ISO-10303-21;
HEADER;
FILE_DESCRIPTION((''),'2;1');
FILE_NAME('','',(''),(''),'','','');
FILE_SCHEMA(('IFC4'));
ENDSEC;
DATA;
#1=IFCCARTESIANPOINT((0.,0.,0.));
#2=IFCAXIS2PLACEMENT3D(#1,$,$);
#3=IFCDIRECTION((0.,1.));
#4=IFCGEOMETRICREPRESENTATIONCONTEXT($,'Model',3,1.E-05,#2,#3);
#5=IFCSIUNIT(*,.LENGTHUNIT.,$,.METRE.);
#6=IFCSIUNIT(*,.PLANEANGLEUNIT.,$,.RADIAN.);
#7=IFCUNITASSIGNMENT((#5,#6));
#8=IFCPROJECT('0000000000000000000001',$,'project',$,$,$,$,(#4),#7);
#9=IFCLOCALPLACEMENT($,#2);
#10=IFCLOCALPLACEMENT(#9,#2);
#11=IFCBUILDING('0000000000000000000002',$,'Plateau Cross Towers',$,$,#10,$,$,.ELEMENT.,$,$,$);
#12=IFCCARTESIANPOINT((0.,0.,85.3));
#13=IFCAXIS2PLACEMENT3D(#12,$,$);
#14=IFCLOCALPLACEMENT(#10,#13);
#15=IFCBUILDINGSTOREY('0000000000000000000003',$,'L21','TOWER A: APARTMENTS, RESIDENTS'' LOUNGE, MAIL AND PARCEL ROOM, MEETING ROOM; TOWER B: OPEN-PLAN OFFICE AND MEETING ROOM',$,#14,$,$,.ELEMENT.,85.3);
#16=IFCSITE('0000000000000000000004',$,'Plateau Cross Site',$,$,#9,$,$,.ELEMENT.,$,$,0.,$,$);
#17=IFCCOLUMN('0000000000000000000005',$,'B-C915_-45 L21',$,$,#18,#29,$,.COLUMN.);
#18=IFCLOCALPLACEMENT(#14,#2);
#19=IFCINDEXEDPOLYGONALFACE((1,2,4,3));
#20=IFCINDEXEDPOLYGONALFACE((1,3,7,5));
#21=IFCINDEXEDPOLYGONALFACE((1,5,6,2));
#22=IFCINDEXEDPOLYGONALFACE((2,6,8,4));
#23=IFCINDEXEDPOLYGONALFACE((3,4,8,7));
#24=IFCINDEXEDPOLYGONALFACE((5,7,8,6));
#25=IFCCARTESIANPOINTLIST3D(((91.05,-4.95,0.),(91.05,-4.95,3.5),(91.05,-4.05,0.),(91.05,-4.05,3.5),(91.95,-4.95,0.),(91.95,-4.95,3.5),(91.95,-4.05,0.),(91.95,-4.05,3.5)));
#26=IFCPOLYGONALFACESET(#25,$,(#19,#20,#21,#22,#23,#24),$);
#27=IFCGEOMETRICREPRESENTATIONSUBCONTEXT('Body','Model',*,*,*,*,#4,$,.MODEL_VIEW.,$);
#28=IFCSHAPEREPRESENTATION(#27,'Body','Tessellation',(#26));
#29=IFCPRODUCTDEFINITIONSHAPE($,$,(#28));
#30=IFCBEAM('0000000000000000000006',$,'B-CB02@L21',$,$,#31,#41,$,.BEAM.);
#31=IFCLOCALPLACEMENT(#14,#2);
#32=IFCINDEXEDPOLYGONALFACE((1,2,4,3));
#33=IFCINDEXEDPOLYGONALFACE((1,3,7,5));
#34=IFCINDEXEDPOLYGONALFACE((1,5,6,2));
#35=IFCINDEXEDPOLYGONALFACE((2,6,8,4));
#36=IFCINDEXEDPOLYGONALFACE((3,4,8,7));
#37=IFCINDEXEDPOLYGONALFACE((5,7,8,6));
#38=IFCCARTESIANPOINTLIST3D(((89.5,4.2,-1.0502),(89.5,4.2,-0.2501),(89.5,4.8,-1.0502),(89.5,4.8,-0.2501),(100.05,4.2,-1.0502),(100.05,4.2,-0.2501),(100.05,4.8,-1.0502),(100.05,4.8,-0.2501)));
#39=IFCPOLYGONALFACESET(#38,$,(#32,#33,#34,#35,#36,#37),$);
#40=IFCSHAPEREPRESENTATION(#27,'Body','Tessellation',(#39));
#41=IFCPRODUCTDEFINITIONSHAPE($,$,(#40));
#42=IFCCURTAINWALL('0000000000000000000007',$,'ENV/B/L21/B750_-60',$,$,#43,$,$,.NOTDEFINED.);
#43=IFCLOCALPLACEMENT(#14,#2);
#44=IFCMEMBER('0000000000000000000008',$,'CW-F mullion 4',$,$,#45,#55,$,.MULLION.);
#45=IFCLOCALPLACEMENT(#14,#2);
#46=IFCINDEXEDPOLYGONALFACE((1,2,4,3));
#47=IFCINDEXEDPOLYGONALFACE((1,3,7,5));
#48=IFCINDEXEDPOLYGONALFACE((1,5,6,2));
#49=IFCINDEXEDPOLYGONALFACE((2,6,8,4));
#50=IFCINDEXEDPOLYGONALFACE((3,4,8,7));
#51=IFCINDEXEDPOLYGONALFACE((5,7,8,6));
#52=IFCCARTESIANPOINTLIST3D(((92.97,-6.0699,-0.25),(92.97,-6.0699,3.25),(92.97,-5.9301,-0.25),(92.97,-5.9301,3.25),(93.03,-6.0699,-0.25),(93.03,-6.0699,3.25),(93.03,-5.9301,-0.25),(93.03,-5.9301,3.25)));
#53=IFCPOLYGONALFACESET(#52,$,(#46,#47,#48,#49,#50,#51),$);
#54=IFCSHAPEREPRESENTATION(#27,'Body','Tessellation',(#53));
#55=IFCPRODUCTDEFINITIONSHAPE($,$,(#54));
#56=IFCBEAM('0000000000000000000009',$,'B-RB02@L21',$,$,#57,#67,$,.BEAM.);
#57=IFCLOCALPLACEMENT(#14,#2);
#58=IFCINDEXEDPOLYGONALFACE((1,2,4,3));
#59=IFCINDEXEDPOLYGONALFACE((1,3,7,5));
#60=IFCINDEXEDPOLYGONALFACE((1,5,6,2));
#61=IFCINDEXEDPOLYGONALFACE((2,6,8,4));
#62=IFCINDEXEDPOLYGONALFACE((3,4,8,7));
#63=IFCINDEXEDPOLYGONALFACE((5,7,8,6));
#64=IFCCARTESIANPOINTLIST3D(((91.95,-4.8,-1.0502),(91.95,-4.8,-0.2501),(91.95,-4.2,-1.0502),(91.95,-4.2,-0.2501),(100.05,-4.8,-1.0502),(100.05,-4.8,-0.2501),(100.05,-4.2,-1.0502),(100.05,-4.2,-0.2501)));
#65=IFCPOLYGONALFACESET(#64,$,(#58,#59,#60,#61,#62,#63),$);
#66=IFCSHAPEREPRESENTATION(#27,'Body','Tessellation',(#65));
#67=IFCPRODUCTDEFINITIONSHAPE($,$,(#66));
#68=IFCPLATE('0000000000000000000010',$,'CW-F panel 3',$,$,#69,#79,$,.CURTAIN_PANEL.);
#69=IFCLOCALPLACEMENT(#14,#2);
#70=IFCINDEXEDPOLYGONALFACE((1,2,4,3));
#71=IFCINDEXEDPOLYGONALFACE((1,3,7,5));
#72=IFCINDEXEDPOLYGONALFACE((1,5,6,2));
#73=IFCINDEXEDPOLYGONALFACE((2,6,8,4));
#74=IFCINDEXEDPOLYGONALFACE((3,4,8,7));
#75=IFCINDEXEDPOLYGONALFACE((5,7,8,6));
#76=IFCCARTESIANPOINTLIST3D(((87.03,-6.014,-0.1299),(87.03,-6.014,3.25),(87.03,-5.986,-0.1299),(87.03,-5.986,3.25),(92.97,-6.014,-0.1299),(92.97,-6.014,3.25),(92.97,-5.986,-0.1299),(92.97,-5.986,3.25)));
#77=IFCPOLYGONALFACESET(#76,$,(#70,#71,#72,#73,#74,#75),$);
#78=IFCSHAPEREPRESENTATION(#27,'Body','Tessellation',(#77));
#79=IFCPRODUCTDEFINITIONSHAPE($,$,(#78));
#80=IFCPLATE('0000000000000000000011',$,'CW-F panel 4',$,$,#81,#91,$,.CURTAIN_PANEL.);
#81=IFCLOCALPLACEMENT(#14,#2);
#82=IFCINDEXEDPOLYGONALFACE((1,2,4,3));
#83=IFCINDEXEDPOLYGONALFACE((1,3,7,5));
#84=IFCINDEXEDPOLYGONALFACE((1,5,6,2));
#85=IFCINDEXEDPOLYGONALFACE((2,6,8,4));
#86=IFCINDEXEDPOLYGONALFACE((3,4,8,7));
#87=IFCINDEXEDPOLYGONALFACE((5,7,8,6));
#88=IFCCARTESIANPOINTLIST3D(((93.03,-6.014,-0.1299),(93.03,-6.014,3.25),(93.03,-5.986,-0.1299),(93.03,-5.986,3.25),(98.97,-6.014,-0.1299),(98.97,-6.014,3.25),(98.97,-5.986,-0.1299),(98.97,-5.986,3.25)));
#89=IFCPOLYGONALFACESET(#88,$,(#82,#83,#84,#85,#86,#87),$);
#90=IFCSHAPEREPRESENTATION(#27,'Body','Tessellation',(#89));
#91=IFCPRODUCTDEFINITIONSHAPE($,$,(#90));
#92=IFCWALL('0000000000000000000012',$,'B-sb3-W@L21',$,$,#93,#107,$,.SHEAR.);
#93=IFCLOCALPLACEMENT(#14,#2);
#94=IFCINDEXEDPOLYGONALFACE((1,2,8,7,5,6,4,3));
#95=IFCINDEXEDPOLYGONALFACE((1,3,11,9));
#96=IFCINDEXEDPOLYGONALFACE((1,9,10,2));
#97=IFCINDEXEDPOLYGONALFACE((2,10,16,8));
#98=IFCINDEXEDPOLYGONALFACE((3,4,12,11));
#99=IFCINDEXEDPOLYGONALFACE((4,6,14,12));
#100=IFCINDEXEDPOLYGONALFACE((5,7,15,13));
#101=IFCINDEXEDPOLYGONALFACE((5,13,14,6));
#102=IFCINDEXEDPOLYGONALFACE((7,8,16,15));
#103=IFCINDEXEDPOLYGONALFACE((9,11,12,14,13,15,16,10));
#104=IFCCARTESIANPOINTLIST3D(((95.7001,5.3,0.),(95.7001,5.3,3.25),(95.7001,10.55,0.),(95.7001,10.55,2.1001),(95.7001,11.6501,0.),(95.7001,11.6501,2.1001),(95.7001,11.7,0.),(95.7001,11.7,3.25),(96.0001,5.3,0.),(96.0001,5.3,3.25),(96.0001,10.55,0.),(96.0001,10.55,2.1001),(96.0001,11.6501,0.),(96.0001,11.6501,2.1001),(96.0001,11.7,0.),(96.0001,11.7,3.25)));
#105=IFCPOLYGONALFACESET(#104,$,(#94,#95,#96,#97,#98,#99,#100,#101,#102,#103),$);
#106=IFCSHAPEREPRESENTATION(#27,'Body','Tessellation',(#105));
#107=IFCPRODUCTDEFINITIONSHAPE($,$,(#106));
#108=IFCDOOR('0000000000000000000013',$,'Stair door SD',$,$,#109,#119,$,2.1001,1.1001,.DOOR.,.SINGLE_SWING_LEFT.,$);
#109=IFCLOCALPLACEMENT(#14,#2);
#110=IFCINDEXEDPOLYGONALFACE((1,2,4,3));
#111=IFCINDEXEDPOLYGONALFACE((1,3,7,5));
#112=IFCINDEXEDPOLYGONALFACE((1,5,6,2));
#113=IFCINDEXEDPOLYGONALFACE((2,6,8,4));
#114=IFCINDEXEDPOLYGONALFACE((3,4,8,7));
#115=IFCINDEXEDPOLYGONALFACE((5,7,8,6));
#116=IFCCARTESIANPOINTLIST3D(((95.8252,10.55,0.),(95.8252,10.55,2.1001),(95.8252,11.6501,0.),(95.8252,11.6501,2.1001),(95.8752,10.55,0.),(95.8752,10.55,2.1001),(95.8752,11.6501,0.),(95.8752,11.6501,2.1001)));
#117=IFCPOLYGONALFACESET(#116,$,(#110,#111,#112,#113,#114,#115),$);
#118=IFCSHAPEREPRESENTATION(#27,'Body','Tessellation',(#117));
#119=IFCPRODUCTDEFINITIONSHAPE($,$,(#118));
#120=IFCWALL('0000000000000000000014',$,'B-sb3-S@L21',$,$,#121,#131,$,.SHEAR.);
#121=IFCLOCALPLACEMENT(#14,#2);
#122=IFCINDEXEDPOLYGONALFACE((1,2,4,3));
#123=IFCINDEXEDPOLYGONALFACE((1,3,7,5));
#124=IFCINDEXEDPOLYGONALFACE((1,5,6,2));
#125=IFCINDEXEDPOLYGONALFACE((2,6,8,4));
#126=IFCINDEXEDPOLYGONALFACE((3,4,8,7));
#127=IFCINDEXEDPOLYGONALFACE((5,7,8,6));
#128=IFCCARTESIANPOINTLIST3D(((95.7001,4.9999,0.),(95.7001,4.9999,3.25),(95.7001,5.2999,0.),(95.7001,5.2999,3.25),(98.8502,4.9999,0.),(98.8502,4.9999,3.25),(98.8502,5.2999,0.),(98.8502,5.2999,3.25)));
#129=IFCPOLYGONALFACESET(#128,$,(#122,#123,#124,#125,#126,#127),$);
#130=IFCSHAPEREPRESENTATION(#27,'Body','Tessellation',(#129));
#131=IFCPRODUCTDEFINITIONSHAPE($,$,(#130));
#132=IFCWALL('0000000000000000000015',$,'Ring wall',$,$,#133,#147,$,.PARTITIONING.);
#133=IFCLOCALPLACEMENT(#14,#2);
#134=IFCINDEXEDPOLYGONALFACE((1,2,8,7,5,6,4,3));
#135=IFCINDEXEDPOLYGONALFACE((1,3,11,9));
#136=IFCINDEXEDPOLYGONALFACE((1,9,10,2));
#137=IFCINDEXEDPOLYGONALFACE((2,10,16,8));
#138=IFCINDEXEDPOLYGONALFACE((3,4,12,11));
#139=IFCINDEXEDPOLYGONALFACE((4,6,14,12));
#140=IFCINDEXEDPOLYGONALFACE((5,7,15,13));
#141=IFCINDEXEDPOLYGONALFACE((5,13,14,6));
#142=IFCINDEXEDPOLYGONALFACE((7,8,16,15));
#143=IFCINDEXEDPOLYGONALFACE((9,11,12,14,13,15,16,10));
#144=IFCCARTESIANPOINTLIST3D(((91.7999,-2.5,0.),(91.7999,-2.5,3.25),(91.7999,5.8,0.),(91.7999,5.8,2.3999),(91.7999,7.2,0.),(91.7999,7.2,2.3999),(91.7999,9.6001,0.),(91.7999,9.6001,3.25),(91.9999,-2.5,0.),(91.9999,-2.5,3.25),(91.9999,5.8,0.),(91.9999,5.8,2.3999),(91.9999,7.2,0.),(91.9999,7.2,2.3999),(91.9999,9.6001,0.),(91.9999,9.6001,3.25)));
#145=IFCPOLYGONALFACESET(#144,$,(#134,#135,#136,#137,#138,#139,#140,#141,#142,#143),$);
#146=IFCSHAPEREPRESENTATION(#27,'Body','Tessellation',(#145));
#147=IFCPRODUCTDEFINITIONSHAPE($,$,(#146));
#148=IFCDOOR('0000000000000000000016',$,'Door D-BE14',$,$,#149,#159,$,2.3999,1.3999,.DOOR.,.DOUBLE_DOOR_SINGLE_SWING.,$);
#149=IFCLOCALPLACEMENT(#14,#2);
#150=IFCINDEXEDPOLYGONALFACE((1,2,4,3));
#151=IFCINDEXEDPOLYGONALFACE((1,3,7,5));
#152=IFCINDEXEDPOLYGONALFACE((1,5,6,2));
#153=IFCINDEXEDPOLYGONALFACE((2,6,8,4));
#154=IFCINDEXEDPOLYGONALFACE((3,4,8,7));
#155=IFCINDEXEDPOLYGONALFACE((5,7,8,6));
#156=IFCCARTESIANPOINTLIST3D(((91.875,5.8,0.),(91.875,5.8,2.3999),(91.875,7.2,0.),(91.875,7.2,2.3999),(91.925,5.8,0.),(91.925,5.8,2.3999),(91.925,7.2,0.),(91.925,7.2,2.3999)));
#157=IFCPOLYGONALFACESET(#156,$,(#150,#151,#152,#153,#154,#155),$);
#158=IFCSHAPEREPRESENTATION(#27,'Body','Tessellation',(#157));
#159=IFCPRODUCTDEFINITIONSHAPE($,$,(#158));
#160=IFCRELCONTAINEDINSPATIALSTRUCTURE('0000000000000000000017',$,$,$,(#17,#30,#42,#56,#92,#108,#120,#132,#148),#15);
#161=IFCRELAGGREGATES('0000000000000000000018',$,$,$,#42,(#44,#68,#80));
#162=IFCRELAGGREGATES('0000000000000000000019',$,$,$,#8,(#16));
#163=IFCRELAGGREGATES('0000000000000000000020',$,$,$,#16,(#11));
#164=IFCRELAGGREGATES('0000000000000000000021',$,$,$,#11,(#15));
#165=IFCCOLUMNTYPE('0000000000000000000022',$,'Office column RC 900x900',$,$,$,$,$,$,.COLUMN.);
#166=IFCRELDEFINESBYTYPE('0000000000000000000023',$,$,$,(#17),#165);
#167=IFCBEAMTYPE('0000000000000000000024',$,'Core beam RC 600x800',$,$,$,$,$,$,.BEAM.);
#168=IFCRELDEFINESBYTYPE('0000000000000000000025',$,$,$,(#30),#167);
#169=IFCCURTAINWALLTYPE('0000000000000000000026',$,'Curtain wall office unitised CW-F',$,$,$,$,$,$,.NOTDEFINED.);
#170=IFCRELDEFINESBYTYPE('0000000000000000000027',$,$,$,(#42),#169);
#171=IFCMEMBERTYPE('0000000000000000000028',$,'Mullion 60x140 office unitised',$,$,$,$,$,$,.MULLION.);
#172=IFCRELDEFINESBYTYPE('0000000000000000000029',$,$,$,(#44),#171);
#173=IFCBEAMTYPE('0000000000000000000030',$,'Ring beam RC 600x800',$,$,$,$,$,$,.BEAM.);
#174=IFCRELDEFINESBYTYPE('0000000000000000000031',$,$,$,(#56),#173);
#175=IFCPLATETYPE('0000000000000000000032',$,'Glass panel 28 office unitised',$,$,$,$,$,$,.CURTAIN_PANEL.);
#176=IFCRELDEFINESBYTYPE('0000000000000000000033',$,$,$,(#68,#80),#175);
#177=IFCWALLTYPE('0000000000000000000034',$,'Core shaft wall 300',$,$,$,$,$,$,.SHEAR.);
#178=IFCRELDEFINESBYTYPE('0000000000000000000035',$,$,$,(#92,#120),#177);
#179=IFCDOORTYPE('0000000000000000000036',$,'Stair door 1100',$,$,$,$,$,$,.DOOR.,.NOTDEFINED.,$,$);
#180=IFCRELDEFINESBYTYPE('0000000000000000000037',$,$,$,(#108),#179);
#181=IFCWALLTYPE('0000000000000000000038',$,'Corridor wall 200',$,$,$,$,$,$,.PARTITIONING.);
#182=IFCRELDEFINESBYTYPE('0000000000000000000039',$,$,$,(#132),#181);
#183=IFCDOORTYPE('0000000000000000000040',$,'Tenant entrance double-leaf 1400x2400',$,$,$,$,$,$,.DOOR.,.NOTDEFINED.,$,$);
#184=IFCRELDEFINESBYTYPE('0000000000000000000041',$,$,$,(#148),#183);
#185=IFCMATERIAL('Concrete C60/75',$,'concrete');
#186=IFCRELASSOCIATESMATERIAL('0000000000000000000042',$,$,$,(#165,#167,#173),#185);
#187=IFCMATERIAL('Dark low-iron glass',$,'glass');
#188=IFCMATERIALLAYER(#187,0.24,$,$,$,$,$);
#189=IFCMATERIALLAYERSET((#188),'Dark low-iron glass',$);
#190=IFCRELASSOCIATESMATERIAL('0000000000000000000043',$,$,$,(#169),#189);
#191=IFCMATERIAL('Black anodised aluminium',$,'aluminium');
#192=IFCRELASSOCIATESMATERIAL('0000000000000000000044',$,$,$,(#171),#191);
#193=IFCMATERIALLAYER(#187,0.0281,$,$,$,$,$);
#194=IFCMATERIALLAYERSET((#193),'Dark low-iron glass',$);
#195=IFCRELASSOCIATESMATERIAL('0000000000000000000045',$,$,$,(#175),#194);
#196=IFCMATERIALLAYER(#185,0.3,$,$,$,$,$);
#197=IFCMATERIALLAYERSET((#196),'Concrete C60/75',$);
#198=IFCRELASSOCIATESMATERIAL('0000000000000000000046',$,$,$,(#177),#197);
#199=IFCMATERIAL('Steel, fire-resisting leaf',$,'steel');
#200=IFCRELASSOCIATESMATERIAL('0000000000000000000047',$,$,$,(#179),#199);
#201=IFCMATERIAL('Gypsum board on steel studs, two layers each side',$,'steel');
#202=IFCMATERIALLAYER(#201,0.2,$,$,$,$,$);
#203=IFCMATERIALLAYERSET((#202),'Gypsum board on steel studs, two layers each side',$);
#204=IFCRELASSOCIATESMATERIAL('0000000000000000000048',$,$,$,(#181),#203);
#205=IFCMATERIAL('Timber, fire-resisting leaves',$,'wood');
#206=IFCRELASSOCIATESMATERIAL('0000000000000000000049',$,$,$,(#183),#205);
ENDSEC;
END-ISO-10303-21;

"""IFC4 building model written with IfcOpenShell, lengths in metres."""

from ifc_helpers import new_model, si_unit, direction, frame, frame_2d, origin, origin_2d, place, context, subcontext, project, spatial, rectangle, extrude, material, layer, layer_set, material_profile, profile_set, type_object, element, fill, aggregate, save


model = new_model("IFC4")

# Units and contexts
model_context = context("Model", 3, precision=1e-05, world=origin(), true_north=direction((0.0, 1.0)))
body_context = subcontext(model_context, "Body", "Model", "MODEL_VIEW")
ifc_project = project(units=[si_unit("LENGTHUNIT", "METRE"), si_unit("PLANEANGLEUNIT", "RADIAN")], contexts=[model_context])

# Site, building, storey
site_placement = place(None, origin())
site = spatial("IfcSite", under=ifc_project, at=site_placement, Name="Plateau Cross Site", CompositionType="ELEMENT", RefElevation=0.0)
building_placement = place(site_placement, origin())
building = spatial("IfcBuilding", under=site, at=building_placement, Name="Plateau Cross Towers", CompositionType="ELEMENT")
storey_placement = place(building_placement, frame((0.0, 0.0, 85.3)))
storey = spatial("IfcBuildingStorey", under=building, at=storey_placement, Name="L21", Description="TOWER A: APARTMENTS, RESIDENTS' LOUNGE, MAIL AND PARCEL ROOM, MEETING ROOM; TOWER B: OPEN-PLAN OFFICE AND MEETING ROOM", CompositionType="ELEMENT", Elevation=85.3)

# Column
ifc_material_1 = material(Name="Concrete C60/75", Category="concrete")
ifc_material_profile_1 = material_profile(ifc_material_1, rectangle(XDim=0.8999, YDim=0.8999, at=origin_2d()), Name="RC 900x900")
ifc_profile_set_1 = profile_set([ifc_material_profile_1], Name="Concrete C60/75")
column_type = type_object("IfcColumnType", Name="Office column RC 900x900", PredefinedType="COLUMN", material=ifc_profile_set_1)
column_placement = place(storey_placement, frame((91.5, -4.5, 0.0), z_axis=(0.0, 0.0, 1.0), x_axis=(1.0, 0.0, 0.0)))
element("IfcColumn", 1, at=column_placement, inside=storey, type_object=column_type, Name="B-C915_-45 L21", PredefinedType="COLUMN", context=body_context, shape_type="SweptSolid", body=[
    extrude(rectangle(XDim=0.8999, YDim=0.8999, at=origin_2d()), origin(), (0.0, 0.0, 1.0), 3.5),
])

# Beam
ifc_material_profile_2 = material_profile(ifc_material_1, rectangle(XDim=0.6001, YDim=0.8, at=origin_2d()), Name="RC 600x800")
ifc_profile_set_2 = profile_set([ifc_material_profile_2], Name="Concrete C60/75")
beam_type_1 = type_object("IfcBeamType", Name="Core beam RC 600x800", PredefinedType="BEAM", material=ifc_profile_set_2)
beam_1_placement = place(storey_placement, frame((89.5, 4.5, -0.6501), z_axis=(1.0, 0.0, 0.0), x_axis=(0.0, 1.0, 0.0)))
element("IfcBeam", 2, at=beam_1_placement, inside=storey, type_object=beam_type_1, Name="B-CB02@L21", PredefinedType="BEAM", context=body_context, shape_type="SweptSolid", body=[
    extrude(rectangle(XDim=0.6001, YDim=0.8, at=origin_2d()), origin(), (0.0, 0.0, 1.0), 10.55),
])

# Curtain wall, member
ifc_material_2 = material(Name="Dark low-iron glass", Category="glass")
ifc_layer_1 = layer(ifc_material_2, 0.24)
ifc_layer_set_1 = layer_set([ifc_layer_1], Name="Dark low-iron glass")
curtain_wall_type = type_object("IfcCurtainWallType", Name="Curtain wall office unitised CW-F", PredefinedType="NOTDEFINED", material=ifc_layer_set_1)
curtain_wall_placement = place(storey_placement, origin())
curtain_wall = element("IfcCurtainWall", 3, at=curtain_wall_placement, inside=storey, type_object=curtain_wall_type, Name="ENV/B/L21/B750_-60", PredefinedType="NOTDEFINED")
ifc_material_3 = material(Name="Black anodised aluminium", Category="aluminium")
ifc_material_profile_3 = material_profile(ifc_material_3, rectangle(XDim=0.0601, YDim=0.1399, at=origin_2d()), Name="MULLION 60x140")
ifc_profile_set_3 = profile_set([ifc_material_profile_3], Name="Black anodised aluminium")
member_type = type_object("IfcMemberType", Name="Mullion 60x140 office unitised", PredefinedType="MULLION", material=ifc_profile_set_3)
member_placement = place(storey_placement, frame((93.0, -6.0, -0.25), z_axis=(0.0, 0.0, 1.0), x_axis=(1.0, 0.0, 0.0)))
member = element("IfcMember", 4, at=member_placement, type_object=member_type, Name="CW-F mullion 4", PredefinedType="MULLION", context=body_context, shape_type="SweptSolid", body=[
    extrude(rectangle(XDim=0.0601, YDim=0.1399, at=origin_2d()), origin(), (0.0, 0.0, 1.0), 3.5),
])

# Beam
ifc_material_profile_4 = material_profile(ifc_material_1, rectangle(XDim=0.6001, YDim=0.8, at=origin_2d()), Name="RC 600x800")
ifc_profile_set_4 = profile_set([ifc_material_profile_4], Name="Concrete C60/75")
beam_type_2 = type_object("IfcBeamType", Name="Ring beam RC 600x800", PredefinedType="BEAM", material=ifc_profile_set_4)
beam_2_placement = place(storey_placement, frame((91.95, -4.5, -0.6501), z_axis=(1.0, 0.0, 0.0), x_axis=(0.0, 1.0, 0.0)))
element("IfcBeam", 5, at=beam_2_placement, inside=storey, type_object=beam_type_2, Name="B-RB02@L21", PredefinedType="BEAM", context=body_context, shape_type="SweptSolid", body=[
    extrude(rectangle(XDim=0.6001, YDim=0.8, at=origin_2d()), origin(), (0.0, 0.0, 1.0), 8.1001),
])

# Plates
ifc_layer_2 = layer(ifc_material_2, 0.0281)
ifc_layer_set_2 = layer_set([ifc_layer_2], Name="Dark low-iron glass")
plate_type = type_object("IfcPlateType", Name="Glass panel 28 office unitised", PredefinedType="CURTAIN_PANEL", material=ifc_layer_set_2)
plate_1_placement = place(storey_placement, frame((90.0, -6.0, -0.1299), z_axis=(0.0, 0.0, 1.0), x_axis=(1.0, 0.0, 0.0)))
plate_1 = element("IfcPlate", 6, at=plate_1_placement, type_object=plate_type, Name="CW-F panel 3", PredefinedType="CURTAIN_PANEL", context=body_context, shape_type="SweptSolid", body=[
    extrude(rectangle(XDim=5.9399, YDim=0.0281, at=origin_2d()), origin(), (0.0, 0.0, 1.0), 3.3799),
])
plate_2_placement = place(storey_placement, frame((96.0, -6.0, -0.1299), z_axis=(0.0, 0.0, 1.0), x_axis=(1.0, 0.0, 0.0)))
plate_2 = element("IfcPlate", 7, at=plate_2_placement, type_object=plate_type, Name="CW-F panel 4", PredefinedType="CURTAIN_PANEL", context=body_context, shape_type="SweptSolid", body=[
    extrude(rectangle(XDim=5.9399, YDim=0.0281, at=origin_2d()), origin(), (0.0, 0.0, 1.0), 3.3799),
])
aggregate(curtain_wall, [member, plate_1, plate_2])

# Wall, opening, door
ifc_layer_3 = layer(ifc_material_1, 0.3)
ifc_layer_set_3 = layer_set([ifc_layer_3], Name="Concrete C60/75")
wall_type_1 = type_object("IfcWallType", Name="Core shaft wall 300", PredefinedType="SHEAR", material=ifc_layer_set_3)
wall_1_placement = place(storey_placement, frame((95.8501, 5.3, 0.0), z_axis=(0.0, 0.0, 1.0), x_axis=(0.0, 1.0, 0.0)))
wall_1 = element("IfcWall", 8, at=wall_1_placement, inside=storey, type_object=wall_type_1, Name="B-sb3-W@L21", PredefinedType="SHEAR", context=body_context, shape_type="SweptSolid", body=[
    extrude(rectangle(XDim=6.3999, YDim=0.3, at=frame_2d((3.2, 0.0))), origin(), (0.0, 0.0, 1.0), 3.25),
])
opening_1_placement = place(wall_1_placement, frame((5.25, 0.0, 0.0)))
opening_1 = element("IfcOpeningElement", 9, at=opening_1_placement, cuts=wall_1, PredefinedType="OPENING", context=body_context, shape_type="SweptSolid", body=[
    extrude(rectangle(XDim=1.1001, YDim=2.1001, at=frame_2d((0.55, 1.05))), frame((0.0, 0.1599, 0.0), z_axis=(0.0, -1.0, 0.0), x_axis=(1.0, 0.0, 0.0)), (0.0, 0.0, 1.0), 0.3201),
])
ifc_material_4 = material(Name="Steel, fire-resisting leaf", Category="steel")
door_type_1 = type_object("IfcDoorType", Name="Stair door 1100", OperationType="NOTDEFINED", PredefinedType="DOOR", material=ifc_material_4)
door_1_placement = place(opening_1_placement, origin())
door_1 = element("IfcDoor", 10, at=door_1_placement, inside=storey, type_object=door_type_1, Name="Stair door SD", OperationType="SINGLE_SWING_LEFT", OverallHeight=2.1001, OverallWidth=1.1001, PredefinedType="DOOR", context=body_context, shape_type="SweptSolid", body=[
    extrude(rectangle(XDim=1.1001, YDim=2.1001, at=frame_2d((0.55, 1.05))), frame((0.0, 0.0249, 0.0), z_axis=(0.0, -1.0, 0.0), x_axis=(1.0, 0.0, 0.0)), (0.0, 0.0, 1.0), 0.05),
])
fill(opening_1, door_1)

# Wall
wall_2_placement = place(storey_placement, frame((95.7, 5.1499, 0.0), z_axis=(0.0, 0.0, 1.0), x_axis=(1.0, 0.0, 0.0)))
element("IfcWall", 11, at=wall_2_placement, inside=storey, type_object=wall_type_1, Name="B-sb3-S@L21", PredefinedType="SHEAR", context=body_context, shape_type="SweptSolid", body=[
    extrude(rectangle(XDim=3.1501, YDim=0.3, at=frame_2d((1.5752, 0.0))), origin(), (0.0, 0.0, 1.0), 3.25),
])

# Wall, opening, door
ifc_material_5 = material(Name="Gypsum board on steel studs, two layers each side", Category="steel")
ifc_layer_4 = layer(ifc_material_5, 0.2)
ifc_layer_set_4 = layer_set([ifc_layer_4], Name="Gypsum board on steel studs, two layers each side")
wall_type_2 = type_object("IfcWallType", Name="Corridor wall 200", PredefinedType="PARTITIONING", material=ifc_layer_set_4)
wall_3_placement = place(storey_placement, frame((91.8999, -2.5, 0.0), z_axis=(0.0, 0.0, 1.0), x_axis=(0.0, 1.0, 0.0)))
wall_3 = element("IfcWall", 12, at=wall_3_placement, inside=storey, type_object=wall_type_2, Name="Ring wall", PredefinedType="PARTITIONING", context=body_context, shape_type="SweptSolid", body=[
    extrude(rectangle(XDim=12.1001, YDim=0.2, at=frame_2d((6.05, 0.0))), origin(), (0.0, 0.0, 1.0), 3.25),
])
opening_2_placement = place(wall_3_placement, frame((8.3, 0.0, 0.0)))
opening_2 = element("IfcOpeningElement", 13, at=opening_2_placement, cuts=wall_3, PredefinedType="OPENING", context=body_context, shape_type="SweptSolid", body=[
    extrude(rectangle(XDim=1.3999, YDim=2.3999, at=frame_2d((0.7, 1.2))), frame((0.0, 0.1099, 0.0), z_axis=(0.0, -1.0, 0.0), x_axis=(1.0, 0.0, 0.0)), (0.0, 0.0, 1.0), 0.22),
])
ifc_material_6 = material(Name="Timber, fire-resisting leaves", Category="wood")
door_type_2 = type_object("IfcDoorType", Name="Tenant entrance double-leaf 1400x2400", OperationType="NOTDEFINED", PredefinedType="DOOR", material=ifc_material_6)
door_2_placement = place(opening_2_placement, origin())
door_2 = element("IfcDoor", 14, at=door_2_placement, inside=storey, type_object=door_type_2, Name="Door D-BE14", OperationType="DOUBLE_DOOR_SINGLE_SWING", OverallHeight=2.3999, OverallWidth=1.3999, PredefinedType="DOOR", context=body_context, shape_type="SweptSolid", body=[
    extrude(rectangle(XDim=1.3999, YDim=2.3999, at=frame_2d((0.7, 1.2))), frame((0.0, 0.0249, 0.0), z_axis=(0.0, -1.0, 0.0), x_axis=(1.0, 0.0, 0.0)), (0.0, 0.0, 1.0), 0.05),
])
fill(opening_2, door_2)

save(model, "model.ifc")
